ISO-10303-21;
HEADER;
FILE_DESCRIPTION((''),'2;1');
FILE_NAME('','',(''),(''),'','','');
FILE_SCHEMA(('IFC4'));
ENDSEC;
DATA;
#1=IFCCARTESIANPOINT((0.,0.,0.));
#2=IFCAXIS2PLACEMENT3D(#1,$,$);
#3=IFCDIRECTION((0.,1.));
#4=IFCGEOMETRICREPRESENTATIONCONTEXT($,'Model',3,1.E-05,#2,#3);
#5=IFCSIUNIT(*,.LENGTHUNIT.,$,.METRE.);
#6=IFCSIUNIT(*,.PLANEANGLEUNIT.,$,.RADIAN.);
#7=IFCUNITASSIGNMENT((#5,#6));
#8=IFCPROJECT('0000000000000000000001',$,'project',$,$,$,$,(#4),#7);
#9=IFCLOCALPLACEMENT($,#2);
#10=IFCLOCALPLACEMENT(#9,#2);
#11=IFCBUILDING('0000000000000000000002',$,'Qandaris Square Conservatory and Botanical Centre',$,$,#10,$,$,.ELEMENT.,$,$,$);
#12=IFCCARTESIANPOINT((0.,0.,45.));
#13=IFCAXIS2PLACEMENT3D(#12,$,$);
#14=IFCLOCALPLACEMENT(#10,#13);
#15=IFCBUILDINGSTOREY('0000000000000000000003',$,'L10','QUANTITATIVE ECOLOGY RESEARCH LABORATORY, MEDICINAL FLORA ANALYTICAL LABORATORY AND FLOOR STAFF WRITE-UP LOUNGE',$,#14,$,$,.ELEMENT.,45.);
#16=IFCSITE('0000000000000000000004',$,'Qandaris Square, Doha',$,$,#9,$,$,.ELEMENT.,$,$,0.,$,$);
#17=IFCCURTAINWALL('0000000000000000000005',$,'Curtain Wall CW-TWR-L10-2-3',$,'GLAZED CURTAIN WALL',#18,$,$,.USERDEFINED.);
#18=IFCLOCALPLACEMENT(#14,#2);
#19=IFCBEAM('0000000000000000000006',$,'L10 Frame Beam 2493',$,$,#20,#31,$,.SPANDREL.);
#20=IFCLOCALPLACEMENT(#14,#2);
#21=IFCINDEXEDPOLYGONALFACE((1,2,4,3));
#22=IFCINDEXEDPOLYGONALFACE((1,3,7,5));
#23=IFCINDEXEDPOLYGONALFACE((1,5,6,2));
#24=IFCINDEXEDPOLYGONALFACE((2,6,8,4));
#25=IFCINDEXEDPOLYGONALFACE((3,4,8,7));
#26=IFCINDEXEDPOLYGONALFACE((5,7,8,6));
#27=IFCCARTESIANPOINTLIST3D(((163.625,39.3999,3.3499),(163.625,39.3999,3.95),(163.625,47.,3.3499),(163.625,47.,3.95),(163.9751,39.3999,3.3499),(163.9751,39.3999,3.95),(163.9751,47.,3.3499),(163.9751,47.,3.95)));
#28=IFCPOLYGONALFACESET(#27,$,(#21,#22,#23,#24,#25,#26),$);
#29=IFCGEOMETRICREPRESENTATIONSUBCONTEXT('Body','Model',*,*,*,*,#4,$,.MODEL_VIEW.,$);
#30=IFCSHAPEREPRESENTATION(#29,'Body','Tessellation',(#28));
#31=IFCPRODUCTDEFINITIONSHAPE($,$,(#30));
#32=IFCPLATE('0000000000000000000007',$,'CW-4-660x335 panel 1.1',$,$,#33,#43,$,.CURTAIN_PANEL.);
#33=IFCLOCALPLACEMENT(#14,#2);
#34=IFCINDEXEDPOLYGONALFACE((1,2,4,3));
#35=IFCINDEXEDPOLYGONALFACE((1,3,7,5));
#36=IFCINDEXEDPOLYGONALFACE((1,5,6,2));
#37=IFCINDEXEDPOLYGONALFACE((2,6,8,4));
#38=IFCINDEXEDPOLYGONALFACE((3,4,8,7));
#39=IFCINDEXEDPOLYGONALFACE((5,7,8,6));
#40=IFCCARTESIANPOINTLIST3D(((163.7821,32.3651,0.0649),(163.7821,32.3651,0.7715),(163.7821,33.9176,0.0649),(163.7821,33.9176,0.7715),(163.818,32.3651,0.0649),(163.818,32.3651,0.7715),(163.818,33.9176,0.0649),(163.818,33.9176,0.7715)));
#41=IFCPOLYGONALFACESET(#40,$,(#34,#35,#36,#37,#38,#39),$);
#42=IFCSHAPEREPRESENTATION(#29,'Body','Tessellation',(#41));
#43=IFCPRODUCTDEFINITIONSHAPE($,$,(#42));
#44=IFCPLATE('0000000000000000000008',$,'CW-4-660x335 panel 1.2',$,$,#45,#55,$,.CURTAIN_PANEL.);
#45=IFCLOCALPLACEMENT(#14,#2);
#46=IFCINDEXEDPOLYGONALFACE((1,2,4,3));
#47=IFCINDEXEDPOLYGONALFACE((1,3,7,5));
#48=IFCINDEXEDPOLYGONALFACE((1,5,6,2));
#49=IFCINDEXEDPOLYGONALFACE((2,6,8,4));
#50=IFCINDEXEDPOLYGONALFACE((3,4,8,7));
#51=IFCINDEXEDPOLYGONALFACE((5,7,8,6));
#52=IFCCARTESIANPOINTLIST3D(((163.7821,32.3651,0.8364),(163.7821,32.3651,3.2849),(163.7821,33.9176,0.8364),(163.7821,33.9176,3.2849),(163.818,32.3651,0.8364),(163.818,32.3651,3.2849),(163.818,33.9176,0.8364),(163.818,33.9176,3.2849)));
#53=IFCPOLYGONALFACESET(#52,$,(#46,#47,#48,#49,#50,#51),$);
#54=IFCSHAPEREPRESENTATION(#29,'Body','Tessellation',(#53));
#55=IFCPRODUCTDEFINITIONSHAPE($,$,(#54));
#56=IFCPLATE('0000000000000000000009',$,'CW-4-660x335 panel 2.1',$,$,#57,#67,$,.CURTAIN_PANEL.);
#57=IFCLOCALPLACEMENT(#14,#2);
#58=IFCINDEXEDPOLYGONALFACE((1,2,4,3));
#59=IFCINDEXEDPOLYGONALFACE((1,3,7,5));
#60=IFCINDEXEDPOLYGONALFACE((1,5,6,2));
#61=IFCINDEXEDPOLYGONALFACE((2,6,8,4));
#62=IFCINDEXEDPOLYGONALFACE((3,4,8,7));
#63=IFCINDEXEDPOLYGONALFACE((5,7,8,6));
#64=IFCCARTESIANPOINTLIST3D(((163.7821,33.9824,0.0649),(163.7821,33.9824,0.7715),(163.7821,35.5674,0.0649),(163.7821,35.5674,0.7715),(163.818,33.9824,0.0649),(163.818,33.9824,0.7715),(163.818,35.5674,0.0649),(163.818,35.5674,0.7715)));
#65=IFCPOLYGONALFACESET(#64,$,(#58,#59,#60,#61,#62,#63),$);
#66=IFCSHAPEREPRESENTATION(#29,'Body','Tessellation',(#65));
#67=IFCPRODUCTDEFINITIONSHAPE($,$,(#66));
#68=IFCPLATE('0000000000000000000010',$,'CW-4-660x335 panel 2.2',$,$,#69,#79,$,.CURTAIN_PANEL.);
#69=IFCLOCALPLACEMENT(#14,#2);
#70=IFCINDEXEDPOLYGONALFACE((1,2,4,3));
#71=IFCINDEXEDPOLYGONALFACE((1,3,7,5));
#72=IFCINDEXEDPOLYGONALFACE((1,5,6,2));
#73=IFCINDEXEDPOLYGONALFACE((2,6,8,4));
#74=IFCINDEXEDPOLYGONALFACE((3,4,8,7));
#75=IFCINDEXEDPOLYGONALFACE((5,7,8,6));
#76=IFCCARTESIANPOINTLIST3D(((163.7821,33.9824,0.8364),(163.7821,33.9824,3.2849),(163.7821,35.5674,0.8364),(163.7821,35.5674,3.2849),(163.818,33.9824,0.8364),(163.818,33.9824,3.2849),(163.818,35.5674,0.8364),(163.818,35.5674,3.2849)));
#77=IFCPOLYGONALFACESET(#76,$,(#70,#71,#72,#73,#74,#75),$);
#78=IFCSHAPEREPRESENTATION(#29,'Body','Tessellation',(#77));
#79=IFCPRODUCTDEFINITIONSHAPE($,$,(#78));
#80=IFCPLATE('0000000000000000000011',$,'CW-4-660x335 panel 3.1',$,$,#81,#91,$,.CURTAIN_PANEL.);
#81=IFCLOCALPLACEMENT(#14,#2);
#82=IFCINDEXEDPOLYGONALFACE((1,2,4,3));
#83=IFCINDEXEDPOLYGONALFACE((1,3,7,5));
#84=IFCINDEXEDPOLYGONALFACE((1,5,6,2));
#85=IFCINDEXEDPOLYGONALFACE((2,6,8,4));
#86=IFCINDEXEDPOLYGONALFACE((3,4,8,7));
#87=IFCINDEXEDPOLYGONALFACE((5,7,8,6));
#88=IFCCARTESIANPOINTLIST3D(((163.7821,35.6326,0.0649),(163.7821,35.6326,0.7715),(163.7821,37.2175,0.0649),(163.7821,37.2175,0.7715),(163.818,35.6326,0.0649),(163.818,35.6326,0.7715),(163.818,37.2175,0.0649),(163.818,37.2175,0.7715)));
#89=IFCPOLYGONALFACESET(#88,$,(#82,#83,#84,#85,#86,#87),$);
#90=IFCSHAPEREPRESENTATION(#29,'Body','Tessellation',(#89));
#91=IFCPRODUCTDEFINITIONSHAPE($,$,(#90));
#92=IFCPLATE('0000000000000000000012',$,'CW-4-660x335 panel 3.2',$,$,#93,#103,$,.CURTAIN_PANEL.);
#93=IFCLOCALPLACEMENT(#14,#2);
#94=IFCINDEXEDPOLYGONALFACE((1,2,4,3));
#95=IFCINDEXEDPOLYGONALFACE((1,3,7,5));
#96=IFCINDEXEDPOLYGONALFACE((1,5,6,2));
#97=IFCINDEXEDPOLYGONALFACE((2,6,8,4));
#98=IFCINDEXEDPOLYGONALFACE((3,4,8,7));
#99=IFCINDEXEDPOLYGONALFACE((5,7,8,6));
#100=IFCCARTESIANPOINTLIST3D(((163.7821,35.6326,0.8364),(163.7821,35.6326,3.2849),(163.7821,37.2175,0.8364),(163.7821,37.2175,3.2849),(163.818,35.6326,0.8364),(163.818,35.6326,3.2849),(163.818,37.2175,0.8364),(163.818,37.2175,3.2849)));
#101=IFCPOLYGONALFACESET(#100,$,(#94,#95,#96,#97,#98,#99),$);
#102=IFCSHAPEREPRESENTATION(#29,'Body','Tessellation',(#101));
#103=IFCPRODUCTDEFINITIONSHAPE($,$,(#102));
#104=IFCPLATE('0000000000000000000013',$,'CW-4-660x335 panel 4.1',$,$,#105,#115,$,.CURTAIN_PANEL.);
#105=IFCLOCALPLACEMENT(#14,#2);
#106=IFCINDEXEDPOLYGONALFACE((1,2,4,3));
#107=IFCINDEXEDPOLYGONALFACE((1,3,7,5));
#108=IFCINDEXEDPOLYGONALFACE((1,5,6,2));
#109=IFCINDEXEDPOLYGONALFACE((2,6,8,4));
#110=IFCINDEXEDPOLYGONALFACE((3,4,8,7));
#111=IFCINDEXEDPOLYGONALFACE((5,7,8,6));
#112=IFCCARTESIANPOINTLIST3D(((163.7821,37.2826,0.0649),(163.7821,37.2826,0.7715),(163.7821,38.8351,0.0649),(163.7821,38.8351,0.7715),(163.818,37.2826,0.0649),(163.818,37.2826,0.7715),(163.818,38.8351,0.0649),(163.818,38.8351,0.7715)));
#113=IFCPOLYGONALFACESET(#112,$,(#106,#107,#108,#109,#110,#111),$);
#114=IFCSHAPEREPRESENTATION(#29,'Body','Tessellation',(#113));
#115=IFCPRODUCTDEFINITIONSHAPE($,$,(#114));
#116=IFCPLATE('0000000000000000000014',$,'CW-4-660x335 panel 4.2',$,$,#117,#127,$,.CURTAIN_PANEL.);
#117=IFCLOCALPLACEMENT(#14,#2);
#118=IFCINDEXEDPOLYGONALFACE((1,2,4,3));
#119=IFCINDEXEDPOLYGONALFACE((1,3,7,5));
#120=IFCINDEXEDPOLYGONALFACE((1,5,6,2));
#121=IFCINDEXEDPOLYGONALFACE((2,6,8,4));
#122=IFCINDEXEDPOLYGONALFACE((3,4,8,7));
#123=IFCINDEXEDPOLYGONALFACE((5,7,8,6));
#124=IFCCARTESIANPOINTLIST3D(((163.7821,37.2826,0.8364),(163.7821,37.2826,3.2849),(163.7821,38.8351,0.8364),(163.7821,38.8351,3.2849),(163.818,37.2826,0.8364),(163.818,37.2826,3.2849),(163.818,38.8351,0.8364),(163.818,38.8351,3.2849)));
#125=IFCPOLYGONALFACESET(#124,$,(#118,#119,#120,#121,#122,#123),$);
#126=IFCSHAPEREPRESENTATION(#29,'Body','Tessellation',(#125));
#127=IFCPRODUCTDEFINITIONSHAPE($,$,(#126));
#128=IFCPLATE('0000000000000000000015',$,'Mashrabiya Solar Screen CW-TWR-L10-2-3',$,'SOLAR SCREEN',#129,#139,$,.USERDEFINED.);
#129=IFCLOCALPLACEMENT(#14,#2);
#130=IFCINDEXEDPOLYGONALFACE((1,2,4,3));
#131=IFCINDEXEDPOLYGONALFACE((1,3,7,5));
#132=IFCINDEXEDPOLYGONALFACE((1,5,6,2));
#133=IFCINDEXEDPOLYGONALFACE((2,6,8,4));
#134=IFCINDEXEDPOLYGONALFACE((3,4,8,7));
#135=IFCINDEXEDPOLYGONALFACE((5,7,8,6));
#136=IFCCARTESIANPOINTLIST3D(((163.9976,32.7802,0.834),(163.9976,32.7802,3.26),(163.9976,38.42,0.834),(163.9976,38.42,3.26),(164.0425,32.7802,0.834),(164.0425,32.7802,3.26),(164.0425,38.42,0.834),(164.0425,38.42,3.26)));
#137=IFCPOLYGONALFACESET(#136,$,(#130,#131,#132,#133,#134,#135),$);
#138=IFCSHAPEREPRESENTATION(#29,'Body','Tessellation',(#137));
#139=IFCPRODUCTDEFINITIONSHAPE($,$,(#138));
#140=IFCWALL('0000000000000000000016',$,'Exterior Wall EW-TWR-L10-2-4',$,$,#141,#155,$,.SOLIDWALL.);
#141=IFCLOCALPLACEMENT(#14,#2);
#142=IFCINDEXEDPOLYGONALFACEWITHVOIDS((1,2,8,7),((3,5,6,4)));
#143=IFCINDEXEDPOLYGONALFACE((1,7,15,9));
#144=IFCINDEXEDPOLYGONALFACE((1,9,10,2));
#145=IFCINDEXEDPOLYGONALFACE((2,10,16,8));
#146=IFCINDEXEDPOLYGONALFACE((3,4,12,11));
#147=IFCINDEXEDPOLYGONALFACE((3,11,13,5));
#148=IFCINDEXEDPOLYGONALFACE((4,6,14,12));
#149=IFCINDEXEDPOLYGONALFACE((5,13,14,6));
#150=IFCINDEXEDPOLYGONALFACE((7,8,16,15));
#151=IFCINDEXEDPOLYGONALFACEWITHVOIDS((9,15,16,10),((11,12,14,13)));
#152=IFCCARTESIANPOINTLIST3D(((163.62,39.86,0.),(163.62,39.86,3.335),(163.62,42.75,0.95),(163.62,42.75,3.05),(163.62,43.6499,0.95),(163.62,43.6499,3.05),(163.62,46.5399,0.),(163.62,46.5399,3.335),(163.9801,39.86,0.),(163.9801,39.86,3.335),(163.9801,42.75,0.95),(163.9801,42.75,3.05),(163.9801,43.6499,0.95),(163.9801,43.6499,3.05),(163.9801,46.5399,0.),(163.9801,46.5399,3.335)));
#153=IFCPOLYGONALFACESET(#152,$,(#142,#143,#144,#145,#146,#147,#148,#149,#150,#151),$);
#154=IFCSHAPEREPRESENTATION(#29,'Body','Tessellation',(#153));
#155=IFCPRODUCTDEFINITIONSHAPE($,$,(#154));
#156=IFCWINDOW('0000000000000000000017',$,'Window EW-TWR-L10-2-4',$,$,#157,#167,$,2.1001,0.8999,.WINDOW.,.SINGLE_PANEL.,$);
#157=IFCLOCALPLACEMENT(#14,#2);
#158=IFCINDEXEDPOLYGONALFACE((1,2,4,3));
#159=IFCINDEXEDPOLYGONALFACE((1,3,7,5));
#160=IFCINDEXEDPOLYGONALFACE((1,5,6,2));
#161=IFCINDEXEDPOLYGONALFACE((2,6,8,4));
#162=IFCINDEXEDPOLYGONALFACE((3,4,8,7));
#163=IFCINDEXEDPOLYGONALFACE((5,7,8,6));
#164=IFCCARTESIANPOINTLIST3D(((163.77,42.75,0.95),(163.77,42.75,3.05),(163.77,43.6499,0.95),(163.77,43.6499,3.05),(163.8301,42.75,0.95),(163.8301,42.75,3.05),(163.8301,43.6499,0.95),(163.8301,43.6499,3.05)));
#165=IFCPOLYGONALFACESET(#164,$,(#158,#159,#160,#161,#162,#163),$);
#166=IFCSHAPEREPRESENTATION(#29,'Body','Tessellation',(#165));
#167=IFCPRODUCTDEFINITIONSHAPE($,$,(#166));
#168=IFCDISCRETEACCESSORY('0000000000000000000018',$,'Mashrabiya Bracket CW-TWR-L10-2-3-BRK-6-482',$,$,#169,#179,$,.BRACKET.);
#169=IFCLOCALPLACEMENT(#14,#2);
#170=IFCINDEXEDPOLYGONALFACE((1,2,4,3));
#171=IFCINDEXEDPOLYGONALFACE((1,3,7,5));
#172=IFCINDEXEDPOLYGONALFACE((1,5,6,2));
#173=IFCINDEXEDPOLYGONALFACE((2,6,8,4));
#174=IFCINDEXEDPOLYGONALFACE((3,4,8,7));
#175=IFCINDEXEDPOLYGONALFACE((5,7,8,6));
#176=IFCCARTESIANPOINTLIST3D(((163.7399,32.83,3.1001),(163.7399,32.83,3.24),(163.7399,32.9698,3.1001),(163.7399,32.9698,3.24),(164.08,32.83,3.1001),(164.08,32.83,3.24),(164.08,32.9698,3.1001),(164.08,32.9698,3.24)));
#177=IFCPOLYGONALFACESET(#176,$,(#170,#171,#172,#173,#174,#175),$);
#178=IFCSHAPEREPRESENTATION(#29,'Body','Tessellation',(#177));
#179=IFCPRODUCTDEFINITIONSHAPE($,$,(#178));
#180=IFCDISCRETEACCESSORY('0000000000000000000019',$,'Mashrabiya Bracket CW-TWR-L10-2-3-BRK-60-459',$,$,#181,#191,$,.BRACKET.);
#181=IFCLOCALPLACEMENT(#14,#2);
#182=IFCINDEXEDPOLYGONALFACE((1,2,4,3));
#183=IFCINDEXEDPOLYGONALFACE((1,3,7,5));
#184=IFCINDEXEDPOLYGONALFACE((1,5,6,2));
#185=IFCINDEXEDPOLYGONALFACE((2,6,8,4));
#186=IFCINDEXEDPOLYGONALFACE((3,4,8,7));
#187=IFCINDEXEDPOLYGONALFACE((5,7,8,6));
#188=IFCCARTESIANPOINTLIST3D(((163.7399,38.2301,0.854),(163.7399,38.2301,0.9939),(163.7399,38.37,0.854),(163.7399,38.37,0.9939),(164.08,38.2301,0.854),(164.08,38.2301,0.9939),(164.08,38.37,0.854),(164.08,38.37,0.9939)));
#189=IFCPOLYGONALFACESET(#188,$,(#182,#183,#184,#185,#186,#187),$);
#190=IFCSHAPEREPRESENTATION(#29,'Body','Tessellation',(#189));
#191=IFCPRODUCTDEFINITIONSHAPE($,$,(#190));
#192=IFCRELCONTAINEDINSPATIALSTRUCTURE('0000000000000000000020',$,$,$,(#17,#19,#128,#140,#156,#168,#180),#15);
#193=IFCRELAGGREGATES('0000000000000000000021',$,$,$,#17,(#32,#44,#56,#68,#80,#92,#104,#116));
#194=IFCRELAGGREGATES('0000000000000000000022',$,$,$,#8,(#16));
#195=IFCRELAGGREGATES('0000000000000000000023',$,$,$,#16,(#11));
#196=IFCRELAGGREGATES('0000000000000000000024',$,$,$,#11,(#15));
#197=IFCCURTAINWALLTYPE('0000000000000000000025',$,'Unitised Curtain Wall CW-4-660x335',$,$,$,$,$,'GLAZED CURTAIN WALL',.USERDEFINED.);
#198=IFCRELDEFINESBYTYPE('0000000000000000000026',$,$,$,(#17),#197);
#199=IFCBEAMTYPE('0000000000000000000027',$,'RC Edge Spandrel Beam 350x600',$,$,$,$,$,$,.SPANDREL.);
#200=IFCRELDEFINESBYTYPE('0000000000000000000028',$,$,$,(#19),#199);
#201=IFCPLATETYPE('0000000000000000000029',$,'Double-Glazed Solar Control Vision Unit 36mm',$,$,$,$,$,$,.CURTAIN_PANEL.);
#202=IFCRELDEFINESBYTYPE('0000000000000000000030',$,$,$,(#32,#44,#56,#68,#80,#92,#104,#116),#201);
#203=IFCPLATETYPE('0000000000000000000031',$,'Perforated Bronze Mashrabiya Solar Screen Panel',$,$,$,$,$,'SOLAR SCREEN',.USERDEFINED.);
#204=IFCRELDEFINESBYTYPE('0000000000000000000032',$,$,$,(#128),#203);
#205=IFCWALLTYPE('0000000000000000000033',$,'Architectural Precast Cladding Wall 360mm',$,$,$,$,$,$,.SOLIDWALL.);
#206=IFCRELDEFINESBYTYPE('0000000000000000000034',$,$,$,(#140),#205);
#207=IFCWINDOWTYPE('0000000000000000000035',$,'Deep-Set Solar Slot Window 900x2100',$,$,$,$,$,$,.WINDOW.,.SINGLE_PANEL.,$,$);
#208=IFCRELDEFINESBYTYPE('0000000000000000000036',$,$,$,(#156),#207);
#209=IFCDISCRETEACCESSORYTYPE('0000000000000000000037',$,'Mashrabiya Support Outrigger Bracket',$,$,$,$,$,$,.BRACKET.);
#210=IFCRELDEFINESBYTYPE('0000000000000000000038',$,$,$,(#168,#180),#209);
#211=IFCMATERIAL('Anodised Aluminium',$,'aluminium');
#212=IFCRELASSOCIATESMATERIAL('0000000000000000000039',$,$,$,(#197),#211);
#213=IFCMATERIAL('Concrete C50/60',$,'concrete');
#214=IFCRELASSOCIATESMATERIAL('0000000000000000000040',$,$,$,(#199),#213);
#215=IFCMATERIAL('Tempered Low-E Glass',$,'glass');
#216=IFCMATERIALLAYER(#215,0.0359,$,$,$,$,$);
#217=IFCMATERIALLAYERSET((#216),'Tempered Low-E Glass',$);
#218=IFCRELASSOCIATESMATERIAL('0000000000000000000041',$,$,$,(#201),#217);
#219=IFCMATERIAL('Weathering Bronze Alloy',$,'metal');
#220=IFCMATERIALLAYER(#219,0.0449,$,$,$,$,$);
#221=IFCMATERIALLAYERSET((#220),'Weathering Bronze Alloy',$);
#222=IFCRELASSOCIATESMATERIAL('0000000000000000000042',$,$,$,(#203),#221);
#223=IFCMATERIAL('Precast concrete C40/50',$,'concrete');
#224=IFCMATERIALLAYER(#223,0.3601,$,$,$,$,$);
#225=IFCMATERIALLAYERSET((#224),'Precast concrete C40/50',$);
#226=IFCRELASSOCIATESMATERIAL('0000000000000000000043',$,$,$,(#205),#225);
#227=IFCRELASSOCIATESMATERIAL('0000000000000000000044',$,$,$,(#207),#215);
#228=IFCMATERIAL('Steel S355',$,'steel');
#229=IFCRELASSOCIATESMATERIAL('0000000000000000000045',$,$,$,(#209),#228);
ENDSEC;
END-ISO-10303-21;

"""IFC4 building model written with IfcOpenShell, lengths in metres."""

from ifc_helpers import new_model, si_unit, direction, frame, frame_2d, origin, origin_2d, place, context, subcontext, project, spatial, rectangle, extrude, material, layer, layer_set, material_profile, profile_set, type_object, element, fill, aggregate, save


model = new_model("IFC4")

# Units and contexts
model_context = context("Model", 3, precision=1e-05, world=origin(), true_north=direction((0.0, 1.0)))
body_context = subcontext(model_context, "Body", "Model", "MODEL_VIEW")
ifc_project = project(units=[si_unit("LENGTHUNIT", "METRE"), si_unit("PLANEANGLEUNIT", "RADIAN")], contexts=[model_context])

# Site, building, storey
site_placement = place(None, origin())
site = spatial("IfcSite", under=ifc_project, at=site_placement, Name="Qandaris Square, Doha", CompositionType="ELEMENT", RefElevation=0.0)
building_placement = place(site_placement, origin())
building = spatial("IfcBuilding", under=site, at=building_placement, Name="Qandaris Square Conservatory and Botanical Centre", CompositionType="ELEMENT")
storey_placement = place(building_placement, frame((0.0, 0.0, 45.0)))
storey = spatial("IfcBuildingStorey", under=building, at=storey_placement, Name="L10", Description="QUANTITATIVE ECOLOGY RESEARCH LABORATORY, MEDICINAL FLORA ANALYTICAL LABORATORY AND FLOOR STAFF WRITE-UP LOUNGE", CompositionType="ELEMENT", Elevation=45.0)

# Shared definitions
ifc_material_1 = material(Name="Concrete C50/60", Category="concrete")

# Curtain wall
ifc_material_2 = material(Name="Anodised Aluminium", Category="aluminium")
curtain_wall_type = type_object("IfcCurtainWallType", Name="Unitised Curtain Wall CW-4-660x335", ElementType="GLAZED CURTAIN WALL", PredefinedType="USERDEFINED", material=ifc_material_2)
curtain_wall_placement = place(storey_placement, origin())
curtain_wall = element("IfcCurtainWall", 1, at=curtain_wall_placement, inside=storey, type_object=curtain_wall_type, Name="Curtain Wall CW-TWR-L10-2-3", ObjectType="GLAZED CURTAIN WALL", PredefinedType="USERDEFINED")

# Beam
ifc_material_profile_1 = material_profile(ifc_material_1, rectangle(XDim=0.3501, YDim=0.6001, at=origin_2d()), Name="RC-SP 350x600")
ifc_profile_set_1 = profile_set([ifc_material_profile_1], Name="Concrete C50/60")
beam_type = type_object("IfcBeamType", Name="RC Edge Spandrel Beam 350x600", PredefinedType="SPANDREL", material=ifc_profile_set_1)
beam_placement = place(storey_placement, frame((163.8, 39.3999, 3.6499), z_axis=(0.0, 1.0, 0.0), x_axis=(-1.0, 0.0, 0.0)))
element("IfcBeam", 2, at=beam_placement, inside=storey, type_object=beam_type, Name="L10 Frame Beam 2493", PredefinedType="SPANDREL", context=body_context, shape_type="SweptSolid", body=[
    extrude(rectangle(XDim=0.3501, YDim=0.6001, at=origin_2d()), origin(), (0.0, 0.0, 1.0), 7.6001),
])

# Plates
ifc_material_3 = material(Name="Tempered Low-E Glass", Category="glass")
ifc_layer_1 = layer(ifc_material_3, 0.0359)
ifc_layer_set_1 = layer_set([ifc_layer_1], Name="Tempered Low-E Glass")
plate_type_1 = type_object("IfcPlateType", Name="Double-Glazed Solar Control Vision Unit 36mm", PredefinedType="CURTAIN_PANEL", material=ifc_layer_set_1)
plate_1_placement = place(storey_placement, frame((163.8, 33.1414, 0.0649), z_axis=(0.0, 0.0, 1.0), x_axis=(0.0, 1.0, 0.0)))
plate_1 = element("IfcPlate", 3, at=plate_1_placement, type_object=plate_type_1, Name="CW-4-660x335 panel 1.1", PredefinedType="CURTAIN_PANEL", context=body_context, shape_type="SweptSolid", body=[
    extrude(rectangle(XDim=1.5525, YDim=0.0359, at=origin_2d()), origin(), (0.0, 0.0, 1.0), 0.7065),
])
plate_2_placement = place(storey_placement, frame((163.8, 33.1414, 0.8364), z_axis=(0.0, 0.0, 1.0), x_axis=(0.0, 1.0, 0.0)))
plate_2 = element("IfcPlate", 4, at=plate_2_placement, type_object=plate_type_1, Name="CW-4-660x335 panel 1.2", PredefinedType="CURTAIN_PANEL", context=body_context, shape_type="SweptSolid", body=[
    extrude(rectangle(XDim=1.5525, YDim=0.0359, at=origin_2d()), origin(), (0.0, 0.0, 1.0), 2.4485),
])
plate_3_placement = place(storey_placement, frame((163.8, 34.7749, 0.0649), z_axis=(0.0, 0.0, 1.0), x_axis=(0.0, 1.0, 0.0)))
plate_3 = element("IfcPlate", 5, at=plate_3_placement, type_object=plate_type_1, Name="CW-4-660x335 panel 2.1", PredefinedType="CURTAIN_PANEL", context=body_context, shape_type="SweptSolid", body=[
    extrude(rectangle(XDim=1.585, YDim=0.0359, at=origin_2d()), origin(), (0.0, 0.0, 1.0), 0.7065),
])
plate_4_placement = place(storey_placement, frame((163.8, 34.7749, 0.8364), z_axis=(0.0, 0.0, 1.0), x_axis=(0.0, 1.0, 0.0)))
plate_4 = element("IfcPlate", 6, at=plate_4_placement, type_object=plate_type_1, Name="CW-4-660x335 panel 2.2", PredefinedType="CURTAIN_PANEL", context=body_context, shape_type="SweptSolid", body=[
    extrude(rectangle(XDim=1.585, YDim=0.0359, at=origin_2d()), origin(), (0.0, 0.0, 1.0), 2.4485),
])
plate_5_placement = place(storey_placement, frame((163.8, 36.425, 0.0649), z_axis=(0.0, 0.0, 1.0), x_axis=(0.0, 1.0, 0.0)))
plate_5 = element("IfcPlate", 7, at=plate_5_placement, type_object=plate_type_1, Name="CW-4-660x335 panel 3.1", PredefinedType="CURTAIN_PANEL", context=body_context, shape_type="SweptSolid", body=[
    extrude(rectangle(XDim=1.585, YDim=0.0359, at=origin_2d()), origin(), (0.0, 0.0, 1.0), 0.7065),
])
plate_6_placement = place(storey_placement, frame((163.8, 36.425, 0.8364), z_axis=(0.0, 0.0, 1.0), x_axis=(0.0, 1.0, 0.0)))
plate_6 = element("IfcPlate", 8, at=plate_6_placement, type_object=plate_type_1, Name="CW-4-660x335 panel 3.2", PredefinedType="CURTAIN_PANEL", context=body_context, shape_type="SweptSolid", body=[
    extrude(rectangle(XDim=1.585, YDim=0.0359, at=origin_2d()), origin(), (0.0, 0.0, 1.0), 2.4485),
])
plate_7_placement = place(storey_placement, frame((163.8, 38.0588, 0.0649), z_axis=(0.0, 0.0, 1.0), x_axis=(0.0, 1.0, 0.0)))
plate_7 = element("IfcPlate", 9, at=plate_7_placement, type_object=plate_type_1, Name="CW-4-660x335 panel 4.1", PredefinedType="CURTAIN_PANEL", context=body_context, shape_type="SweptSolid", body=[
    extrude(rectangle(XDim=1.5525, YDim=0.0359, at=origin_2d()), origin(), (0.0, 0.0, 1.0), 0.7065),
])
plate_8_placement = place(storey_placement, frame((163.8, 38.0588, 0.8364), z_axis=(0.0, 0.0, 1.0), x_axis=(0.0, 1.0, 0.0)))
plate_8 = element("IfcPlate", 10, at=plate_8_placement, type_object=plate_type_1, Name="CW-4-660x335 panel 4.2", PredefinedType="CURTAIN_PANEL", context=body_context, shape_type="SweptSolid", body=[
    extrude(rectangle(XDim=1.5525, YDim=0.0359, at=origin_2d()), origin(), (0.0, 0.0, 1.0), 2.4485),
])
aggregate(curtain_wall, [plate_1, plate_2, plate_3, plate_4, plate_5, plate_6, plate_7, plate_8])
ifc_material_4 = material(Name="Weathering Bronze Alloy", Category="metal")
ifc_layer_2 = layer(ifc_material_4, 0.0449)
ifc_layer_set_2 = layer_set([ifc_layer_2], Name="Weathering Bronze Alloy")
plate_type_2 = type_object("IfcPlateType", Name="Perforated Bronze Mashrabiya Solar Screen Panel", ElementType="SOLAR SCREEN", PredefinedType="USERDEFINED", material=ifc_layer_set_2)
plate_9_placement = place(storey_placement, frame((164.02, 35.6001, 0.834), z_axis=(0.0, 0.0, 1.0), x_axis=(0.0, 1.0, 0.0)))
element("IfcPlate", 11, at=plate_9_placement, inside=storey, type_object=plate_type_2, Name="Mashrabiya Solar Screen CW-TWR-L10-2-3", ObjectType="SOLAR SCREEN", PredefinedType="USERDEFINED", context=body_context, shape_type="SweptSolid", body=[
    extrude(rectangle(XDim=5.6399, YDim=0.0449, at=origin_2d()), origin(), (0.0, 0.0, 1.0), 2.426),
])

# Wall, opening, window
ifc_material_5 = material(Name="Precast concrete C40/50", Category="concrete")
ifc_layer_3 = layer(ifc_material_5, 0.3601)
ifc_layer_set_3 = layer_set([ifc_layer_3], Name="Precast concrete C40/50")
wall_type = type_object("IfcWallType", Name="Architectural Precast Cladding Wall 360mm", PredefinedType="SOLIDWALL", material=ifc_layer_set_3)
wall_placement = place(storey_placement, frame((163.8, 39.8601, 0.0), z_axis=(0.0, 0.0, 1.0), x_axis=(0.0, 1.0, 0.0)))
wall = element("IfcWall", 12, at=wall_placement, inside=storey, type_object=wall_type, Name="Exterior Wall EW-TWR-L10-2-4", PredefinedType="SOLIDWALL", context=body_context, shape_type="SweptSolid", body=[
    extrude(rectangle(XDim=6.6799, YDim=0.3601, at=frame_2d((3.3398, 0.0))), origin(), (0.0, 0.0, 1.0), 3.335),
])
opening_placement = place(wall_placement, frame((2.8899, 0.0, 0.95)))
opening = element("IfcOpeningElement", 13, at=opening_placement, cuts=wall, PredefinedType="OPENING", context=body_context, shape_type="SweptSolid", body=[
    extrude(rectangle(XDim=0.8999, YDim=2.1001, at=frame_2d((0.45, 1.05))), frame((0.0, 0.1919, 0.0), z_axis=(0.0, -1.0, 0.0), x_axis=(1.0, 0.0, 0.0)), (0.0, 0.0, 1.0), 0.384),
])
window_type = type_object("IfcWindowType", Name="Deep-Set Solar Slot Window 900x2100", PartitioningType="SINGLE_PANEL", PredefinedType="WINDOW", material=ifc_material_3)
window_placement = place(opening_placement, origin())
window = element("IfcWindow", 14, at=window_placement, inside=storey, type_object=window_type, Name="Window EW-TWR-L10-2-4", OverallHeight=2.1001, OverallWidth=0.8999, PartitioningType="SINGLE_PANEL", PredefinedType="WINDOW", context=body_context, shape_type="SweptSolid", body=[
    extrude(rectangle(XDim=0.8999, YDim=2.1001, at=frame_2d((0.45, 1.05))), frame((0.0, 0.03, 0.0), z_axis=(0.0, -1.0, 0.0), x_axis=(1.0, 0.0, 0.0)), (0.0, 0.0, 1.0), 0.0601),
])
fill(opening, window)

# Discrete accessories
ifc_material_6 = material(Name="Steel S355", Category="steel")
discrete_accessory_type = type_object("IfcDiscreteAccessoryType", Name="Mashrabiya Support Outrigger Bracket", PredefinedType="BRACKET", material=ifc_material_6)
for number, where, z_axis, x_axis, name in (
    (15, (163.9099, 32.8999, 3.1001), (0.0, 0.0, 1.0), (0.0, 1.0, 0.0), "Mashrabiya Bracket CW-TWR-L10-2-3-BRK-6-482"),
    (16, (163.9099, 38.3, 0.854), (0.0, 0.0, 1.0), (0.0, 1.0, 0.0), "Mashrabiya Bracket CW-TWR-L10-2-3-BRK-60-459"),
):
    element("IfcDiscreteAccessory", number, at=place(storey_placement, frame(where, z_axis=z_axis, x_axis=x_axis)), inside=storey, type_object=discrete_accessory_type, Name=name, PredefinedType="BRACKET", context=body_context, shape_type="SweptSolid", body=[
        extrude(rectangle(XDim=0.1399, YDim=0.3401, at=origin_2d()), origin(), (0.0, 0.0, 1.0), 0.1399),
    ])

save(model, "model.ifc")
